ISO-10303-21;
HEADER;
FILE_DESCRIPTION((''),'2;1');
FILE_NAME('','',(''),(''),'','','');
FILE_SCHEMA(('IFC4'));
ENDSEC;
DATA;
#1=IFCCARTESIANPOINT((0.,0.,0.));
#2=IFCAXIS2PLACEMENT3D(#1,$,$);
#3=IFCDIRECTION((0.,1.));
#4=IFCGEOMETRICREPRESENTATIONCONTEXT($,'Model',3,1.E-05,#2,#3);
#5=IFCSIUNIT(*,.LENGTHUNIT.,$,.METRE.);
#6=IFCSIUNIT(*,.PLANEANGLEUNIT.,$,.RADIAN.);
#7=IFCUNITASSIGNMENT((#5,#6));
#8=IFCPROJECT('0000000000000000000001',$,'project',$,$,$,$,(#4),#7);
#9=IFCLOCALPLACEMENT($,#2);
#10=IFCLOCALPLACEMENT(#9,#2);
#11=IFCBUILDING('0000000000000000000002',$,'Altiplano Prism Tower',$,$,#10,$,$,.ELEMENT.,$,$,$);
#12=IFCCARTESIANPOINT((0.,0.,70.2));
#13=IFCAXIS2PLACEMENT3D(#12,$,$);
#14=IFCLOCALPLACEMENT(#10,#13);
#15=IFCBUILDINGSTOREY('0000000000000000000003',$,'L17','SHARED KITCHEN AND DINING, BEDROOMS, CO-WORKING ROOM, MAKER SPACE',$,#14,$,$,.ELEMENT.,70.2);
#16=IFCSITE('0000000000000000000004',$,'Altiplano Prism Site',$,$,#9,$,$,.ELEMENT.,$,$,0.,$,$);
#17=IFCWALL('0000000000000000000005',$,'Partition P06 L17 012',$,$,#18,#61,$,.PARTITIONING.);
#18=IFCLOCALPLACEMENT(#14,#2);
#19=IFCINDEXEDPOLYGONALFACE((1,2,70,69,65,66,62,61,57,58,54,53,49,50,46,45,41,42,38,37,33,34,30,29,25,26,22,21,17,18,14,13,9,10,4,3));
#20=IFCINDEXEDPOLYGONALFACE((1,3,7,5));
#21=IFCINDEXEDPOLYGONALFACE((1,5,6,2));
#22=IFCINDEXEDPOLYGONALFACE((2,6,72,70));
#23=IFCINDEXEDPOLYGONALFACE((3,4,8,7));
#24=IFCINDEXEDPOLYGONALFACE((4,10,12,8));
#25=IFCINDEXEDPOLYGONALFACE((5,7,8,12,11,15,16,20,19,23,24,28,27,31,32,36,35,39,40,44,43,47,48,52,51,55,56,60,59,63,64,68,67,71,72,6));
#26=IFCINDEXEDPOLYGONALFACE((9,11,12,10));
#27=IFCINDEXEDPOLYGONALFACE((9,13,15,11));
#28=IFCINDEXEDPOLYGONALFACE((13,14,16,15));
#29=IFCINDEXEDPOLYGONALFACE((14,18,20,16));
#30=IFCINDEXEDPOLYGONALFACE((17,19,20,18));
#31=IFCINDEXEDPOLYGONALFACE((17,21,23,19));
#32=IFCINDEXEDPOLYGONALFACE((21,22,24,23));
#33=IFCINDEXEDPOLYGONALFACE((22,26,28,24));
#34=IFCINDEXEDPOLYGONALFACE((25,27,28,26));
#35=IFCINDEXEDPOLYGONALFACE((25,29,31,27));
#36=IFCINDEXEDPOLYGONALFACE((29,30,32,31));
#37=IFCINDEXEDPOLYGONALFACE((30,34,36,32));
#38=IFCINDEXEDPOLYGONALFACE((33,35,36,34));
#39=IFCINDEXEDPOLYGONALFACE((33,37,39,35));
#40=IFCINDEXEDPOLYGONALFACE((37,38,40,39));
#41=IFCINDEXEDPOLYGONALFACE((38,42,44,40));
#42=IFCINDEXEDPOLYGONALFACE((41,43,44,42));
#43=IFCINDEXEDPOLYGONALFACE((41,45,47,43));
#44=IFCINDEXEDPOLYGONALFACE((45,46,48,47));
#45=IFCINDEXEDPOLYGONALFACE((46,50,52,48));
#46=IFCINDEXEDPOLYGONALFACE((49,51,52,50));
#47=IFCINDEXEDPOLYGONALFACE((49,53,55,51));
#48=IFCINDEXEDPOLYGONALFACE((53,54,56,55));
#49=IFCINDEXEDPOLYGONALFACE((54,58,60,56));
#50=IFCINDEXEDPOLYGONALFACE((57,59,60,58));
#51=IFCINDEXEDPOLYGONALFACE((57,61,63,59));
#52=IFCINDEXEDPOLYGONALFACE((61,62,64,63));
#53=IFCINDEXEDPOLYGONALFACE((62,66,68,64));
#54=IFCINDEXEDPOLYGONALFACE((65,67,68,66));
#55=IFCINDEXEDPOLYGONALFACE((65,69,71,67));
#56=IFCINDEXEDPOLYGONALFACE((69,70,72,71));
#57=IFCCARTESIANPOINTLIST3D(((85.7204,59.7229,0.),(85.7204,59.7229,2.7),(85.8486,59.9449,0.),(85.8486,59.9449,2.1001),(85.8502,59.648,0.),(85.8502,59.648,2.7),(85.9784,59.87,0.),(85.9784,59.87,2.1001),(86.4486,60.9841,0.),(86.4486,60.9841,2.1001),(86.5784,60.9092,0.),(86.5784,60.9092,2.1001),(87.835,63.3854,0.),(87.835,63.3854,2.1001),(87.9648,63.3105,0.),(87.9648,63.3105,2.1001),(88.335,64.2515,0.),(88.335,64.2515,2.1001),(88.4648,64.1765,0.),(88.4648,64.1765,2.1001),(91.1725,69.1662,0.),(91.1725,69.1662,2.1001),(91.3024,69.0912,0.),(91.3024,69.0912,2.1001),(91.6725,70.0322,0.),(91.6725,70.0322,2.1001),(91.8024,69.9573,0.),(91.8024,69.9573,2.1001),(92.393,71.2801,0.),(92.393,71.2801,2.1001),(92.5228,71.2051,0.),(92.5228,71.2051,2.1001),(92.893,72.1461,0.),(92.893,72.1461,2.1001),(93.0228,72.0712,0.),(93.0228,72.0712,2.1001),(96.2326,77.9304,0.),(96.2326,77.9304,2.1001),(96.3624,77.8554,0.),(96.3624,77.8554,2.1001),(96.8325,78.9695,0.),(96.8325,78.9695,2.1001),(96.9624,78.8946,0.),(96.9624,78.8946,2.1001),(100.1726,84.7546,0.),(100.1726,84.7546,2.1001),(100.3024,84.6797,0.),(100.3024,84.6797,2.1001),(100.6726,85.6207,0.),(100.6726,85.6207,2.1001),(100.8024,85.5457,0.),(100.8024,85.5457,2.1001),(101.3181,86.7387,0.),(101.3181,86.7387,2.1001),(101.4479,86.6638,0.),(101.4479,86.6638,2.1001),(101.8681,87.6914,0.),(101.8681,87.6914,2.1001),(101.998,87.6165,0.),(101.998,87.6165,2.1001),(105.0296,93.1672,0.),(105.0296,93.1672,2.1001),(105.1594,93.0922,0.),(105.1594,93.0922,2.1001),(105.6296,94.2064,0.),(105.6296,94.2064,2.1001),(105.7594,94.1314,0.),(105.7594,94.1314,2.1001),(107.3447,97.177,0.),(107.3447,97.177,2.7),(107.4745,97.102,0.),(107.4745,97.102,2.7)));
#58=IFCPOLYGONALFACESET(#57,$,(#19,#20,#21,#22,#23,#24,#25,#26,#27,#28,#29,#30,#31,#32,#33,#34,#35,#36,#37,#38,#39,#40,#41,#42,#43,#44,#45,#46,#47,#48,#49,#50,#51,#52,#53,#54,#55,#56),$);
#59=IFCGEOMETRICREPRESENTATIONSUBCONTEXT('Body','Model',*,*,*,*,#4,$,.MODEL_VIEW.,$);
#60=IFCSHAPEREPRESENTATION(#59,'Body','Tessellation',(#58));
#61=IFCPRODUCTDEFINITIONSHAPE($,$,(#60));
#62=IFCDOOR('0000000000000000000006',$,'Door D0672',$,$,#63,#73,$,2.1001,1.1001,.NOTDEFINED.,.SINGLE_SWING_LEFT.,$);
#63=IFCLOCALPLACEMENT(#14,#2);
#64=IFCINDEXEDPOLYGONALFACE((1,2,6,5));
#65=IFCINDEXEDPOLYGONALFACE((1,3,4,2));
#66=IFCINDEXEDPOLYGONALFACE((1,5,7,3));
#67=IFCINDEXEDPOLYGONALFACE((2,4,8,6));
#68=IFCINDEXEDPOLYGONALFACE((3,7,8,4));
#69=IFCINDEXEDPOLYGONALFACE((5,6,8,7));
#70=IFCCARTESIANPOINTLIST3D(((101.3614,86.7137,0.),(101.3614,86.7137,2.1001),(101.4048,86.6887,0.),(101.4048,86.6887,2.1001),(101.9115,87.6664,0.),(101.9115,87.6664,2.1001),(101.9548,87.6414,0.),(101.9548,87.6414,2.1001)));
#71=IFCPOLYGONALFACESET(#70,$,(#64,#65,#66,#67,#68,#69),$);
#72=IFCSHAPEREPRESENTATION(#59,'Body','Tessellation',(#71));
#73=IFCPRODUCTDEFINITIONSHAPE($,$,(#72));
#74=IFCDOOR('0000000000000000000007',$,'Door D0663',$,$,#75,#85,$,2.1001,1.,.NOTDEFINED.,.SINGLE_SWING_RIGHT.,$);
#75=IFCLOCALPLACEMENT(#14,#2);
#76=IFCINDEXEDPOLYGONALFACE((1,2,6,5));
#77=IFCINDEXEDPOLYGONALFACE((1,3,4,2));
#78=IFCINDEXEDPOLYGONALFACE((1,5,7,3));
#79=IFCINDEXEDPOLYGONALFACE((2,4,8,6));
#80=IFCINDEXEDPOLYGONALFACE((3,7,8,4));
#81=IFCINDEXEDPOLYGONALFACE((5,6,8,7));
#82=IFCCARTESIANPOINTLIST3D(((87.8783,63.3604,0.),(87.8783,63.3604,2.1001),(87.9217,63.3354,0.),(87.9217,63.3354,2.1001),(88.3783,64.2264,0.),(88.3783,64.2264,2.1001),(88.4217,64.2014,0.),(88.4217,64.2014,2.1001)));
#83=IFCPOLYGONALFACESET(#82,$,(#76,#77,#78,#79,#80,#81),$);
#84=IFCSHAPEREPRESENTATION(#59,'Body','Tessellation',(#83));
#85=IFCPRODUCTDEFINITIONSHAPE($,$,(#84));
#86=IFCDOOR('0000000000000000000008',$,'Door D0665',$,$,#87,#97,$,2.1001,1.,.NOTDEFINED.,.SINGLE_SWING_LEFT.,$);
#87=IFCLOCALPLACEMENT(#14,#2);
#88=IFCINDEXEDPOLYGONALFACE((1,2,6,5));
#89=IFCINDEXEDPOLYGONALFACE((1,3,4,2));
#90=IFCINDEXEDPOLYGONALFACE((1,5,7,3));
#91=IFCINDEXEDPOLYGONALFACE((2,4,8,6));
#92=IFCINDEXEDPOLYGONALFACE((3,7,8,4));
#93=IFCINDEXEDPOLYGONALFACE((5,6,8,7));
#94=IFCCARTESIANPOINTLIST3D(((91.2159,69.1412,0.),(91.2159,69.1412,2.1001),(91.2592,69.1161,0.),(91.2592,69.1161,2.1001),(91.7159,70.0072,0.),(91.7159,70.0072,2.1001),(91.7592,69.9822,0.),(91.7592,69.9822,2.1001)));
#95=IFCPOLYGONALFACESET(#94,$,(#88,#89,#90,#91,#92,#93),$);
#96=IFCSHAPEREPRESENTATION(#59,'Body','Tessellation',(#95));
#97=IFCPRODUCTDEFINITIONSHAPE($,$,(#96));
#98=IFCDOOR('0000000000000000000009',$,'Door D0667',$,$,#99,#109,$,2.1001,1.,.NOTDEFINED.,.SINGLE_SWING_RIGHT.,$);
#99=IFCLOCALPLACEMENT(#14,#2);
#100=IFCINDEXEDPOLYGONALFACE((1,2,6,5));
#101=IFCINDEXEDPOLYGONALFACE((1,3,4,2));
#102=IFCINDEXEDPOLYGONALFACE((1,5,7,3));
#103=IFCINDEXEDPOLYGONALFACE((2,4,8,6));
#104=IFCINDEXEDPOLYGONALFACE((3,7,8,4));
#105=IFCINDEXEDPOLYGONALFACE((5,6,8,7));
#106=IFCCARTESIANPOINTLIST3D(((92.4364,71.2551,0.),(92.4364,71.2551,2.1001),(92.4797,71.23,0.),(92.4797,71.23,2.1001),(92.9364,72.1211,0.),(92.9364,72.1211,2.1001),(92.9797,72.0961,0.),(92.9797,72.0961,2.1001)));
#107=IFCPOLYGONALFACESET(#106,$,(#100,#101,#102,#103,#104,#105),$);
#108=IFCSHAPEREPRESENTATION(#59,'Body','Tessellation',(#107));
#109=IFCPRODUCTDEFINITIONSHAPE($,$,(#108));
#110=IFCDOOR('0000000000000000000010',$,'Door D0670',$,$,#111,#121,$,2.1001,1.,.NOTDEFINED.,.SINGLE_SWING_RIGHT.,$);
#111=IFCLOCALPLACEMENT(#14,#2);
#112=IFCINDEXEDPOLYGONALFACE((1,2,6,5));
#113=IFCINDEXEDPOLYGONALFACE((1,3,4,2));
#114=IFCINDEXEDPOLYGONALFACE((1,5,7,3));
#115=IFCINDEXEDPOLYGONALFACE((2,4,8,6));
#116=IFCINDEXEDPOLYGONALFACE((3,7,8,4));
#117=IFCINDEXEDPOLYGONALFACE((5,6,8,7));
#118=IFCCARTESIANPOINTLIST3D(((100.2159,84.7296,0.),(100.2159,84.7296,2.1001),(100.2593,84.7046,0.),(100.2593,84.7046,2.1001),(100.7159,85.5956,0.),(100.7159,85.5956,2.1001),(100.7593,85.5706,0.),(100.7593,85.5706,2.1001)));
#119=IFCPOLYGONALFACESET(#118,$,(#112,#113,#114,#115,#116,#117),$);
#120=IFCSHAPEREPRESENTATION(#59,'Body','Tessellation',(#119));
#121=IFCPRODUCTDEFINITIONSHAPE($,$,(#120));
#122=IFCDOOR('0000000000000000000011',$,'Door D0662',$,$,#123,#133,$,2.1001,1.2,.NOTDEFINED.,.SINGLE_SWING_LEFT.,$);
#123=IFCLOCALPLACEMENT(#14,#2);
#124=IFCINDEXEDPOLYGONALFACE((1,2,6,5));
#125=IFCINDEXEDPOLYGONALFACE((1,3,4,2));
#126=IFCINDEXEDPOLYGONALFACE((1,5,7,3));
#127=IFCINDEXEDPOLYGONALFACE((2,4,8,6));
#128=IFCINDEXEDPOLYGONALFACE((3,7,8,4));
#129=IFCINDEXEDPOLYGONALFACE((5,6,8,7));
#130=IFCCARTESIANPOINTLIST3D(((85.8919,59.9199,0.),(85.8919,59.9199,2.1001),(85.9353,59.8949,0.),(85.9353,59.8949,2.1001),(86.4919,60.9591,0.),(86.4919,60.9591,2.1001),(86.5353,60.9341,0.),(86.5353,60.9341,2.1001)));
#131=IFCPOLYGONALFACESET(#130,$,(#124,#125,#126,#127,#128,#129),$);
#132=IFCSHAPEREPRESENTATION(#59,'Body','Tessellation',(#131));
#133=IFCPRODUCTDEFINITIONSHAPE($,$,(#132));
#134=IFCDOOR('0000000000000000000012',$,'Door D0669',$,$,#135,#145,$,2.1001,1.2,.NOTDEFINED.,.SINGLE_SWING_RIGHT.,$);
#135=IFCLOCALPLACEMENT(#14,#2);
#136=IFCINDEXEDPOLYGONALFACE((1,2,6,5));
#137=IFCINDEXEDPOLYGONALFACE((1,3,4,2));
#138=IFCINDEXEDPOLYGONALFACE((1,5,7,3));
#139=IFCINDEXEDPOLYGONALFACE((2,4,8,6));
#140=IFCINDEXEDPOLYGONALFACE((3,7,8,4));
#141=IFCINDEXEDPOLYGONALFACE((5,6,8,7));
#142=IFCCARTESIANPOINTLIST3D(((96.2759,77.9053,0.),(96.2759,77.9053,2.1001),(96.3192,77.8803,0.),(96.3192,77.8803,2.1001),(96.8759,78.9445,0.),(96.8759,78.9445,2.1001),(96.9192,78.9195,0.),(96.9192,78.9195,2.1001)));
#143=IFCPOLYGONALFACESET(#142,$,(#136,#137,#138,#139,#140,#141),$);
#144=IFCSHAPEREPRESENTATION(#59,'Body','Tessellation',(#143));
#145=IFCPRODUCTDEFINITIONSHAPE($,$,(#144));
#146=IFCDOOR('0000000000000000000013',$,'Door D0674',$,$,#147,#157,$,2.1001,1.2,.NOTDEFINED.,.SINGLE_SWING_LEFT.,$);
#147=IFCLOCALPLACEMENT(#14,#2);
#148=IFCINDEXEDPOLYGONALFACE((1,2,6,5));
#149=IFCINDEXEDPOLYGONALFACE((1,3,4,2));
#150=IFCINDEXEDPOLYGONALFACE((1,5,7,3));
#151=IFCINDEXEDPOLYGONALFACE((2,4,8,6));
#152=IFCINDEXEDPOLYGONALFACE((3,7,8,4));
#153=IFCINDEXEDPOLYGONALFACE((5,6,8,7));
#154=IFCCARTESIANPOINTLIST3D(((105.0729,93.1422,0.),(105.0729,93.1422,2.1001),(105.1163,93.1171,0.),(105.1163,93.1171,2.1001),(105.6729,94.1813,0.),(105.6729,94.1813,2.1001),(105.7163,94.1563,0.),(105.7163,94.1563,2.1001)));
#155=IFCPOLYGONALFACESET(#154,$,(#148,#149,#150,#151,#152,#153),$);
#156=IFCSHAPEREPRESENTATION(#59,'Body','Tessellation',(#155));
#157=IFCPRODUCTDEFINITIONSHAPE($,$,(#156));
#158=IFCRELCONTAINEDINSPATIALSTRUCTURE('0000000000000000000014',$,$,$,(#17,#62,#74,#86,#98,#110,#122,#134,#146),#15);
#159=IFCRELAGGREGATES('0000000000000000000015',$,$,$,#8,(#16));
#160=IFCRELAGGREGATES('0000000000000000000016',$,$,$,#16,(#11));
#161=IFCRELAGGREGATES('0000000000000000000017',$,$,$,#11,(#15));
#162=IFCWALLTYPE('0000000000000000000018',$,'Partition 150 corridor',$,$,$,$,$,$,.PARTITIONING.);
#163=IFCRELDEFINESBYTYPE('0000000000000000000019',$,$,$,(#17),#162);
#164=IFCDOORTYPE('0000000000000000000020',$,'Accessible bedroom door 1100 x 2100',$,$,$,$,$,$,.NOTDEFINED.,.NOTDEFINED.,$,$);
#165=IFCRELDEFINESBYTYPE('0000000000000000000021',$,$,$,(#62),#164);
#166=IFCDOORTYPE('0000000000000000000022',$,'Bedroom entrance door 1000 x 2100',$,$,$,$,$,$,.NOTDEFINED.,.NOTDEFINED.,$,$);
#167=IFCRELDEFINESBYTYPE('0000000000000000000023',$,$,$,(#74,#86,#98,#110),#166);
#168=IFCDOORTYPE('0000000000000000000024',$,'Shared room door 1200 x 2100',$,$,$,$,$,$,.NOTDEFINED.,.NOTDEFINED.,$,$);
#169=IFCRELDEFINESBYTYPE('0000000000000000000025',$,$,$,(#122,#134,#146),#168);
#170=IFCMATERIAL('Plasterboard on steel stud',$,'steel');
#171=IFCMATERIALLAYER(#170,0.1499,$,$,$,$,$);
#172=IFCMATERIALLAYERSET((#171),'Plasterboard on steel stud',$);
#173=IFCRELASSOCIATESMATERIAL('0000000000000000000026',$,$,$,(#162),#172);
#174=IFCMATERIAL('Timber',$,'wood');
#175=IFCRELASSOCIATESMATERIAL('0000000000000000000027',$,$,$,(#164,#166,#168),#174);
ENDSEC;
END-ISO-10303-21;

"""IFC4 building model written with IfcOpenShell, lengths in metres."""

from ifc_helpers import new_model, si_unit, direction, frame, frame_2d, origin, place, context, subcontext, project, spatial, rectangle, extrude, material, layer, layer_set, type_object, element, fill, save


model = new_model("IFC4")

# Units and contexts
model_context = context("Model", 3, precision=1e-05, world=origin(), true_north=direction((0.0, 1.0)))
body_context = subcontext(model_context, "Body", "Model", "MODEL_VIEW")
ifc_project = project(units=[si_unit("LENGTHUNIT", "METRE"), si_unit("PLANEANGLEUNIT", "RADIAN")], contexts=[model_context])

# Site, building, storey
site_placement = place(None, origin())
site = spatial("IfcSite", under=ifc_project, at=site_placement, Name="Altiplano Prism Site", CompositionType="ELEMENT", RefElevation=0.0)
building_placement = place(site_placement, origin())
building = spatial("IfcBuilding", under=site, at=building_placement, Name="Altiplano Prism Tower", CompositionType="ELEMENT")
storey_placement = place(building_placement, frame((0.0, 0.0, 70.2)))
storey = spatial("IfcBuildingStorey", under=building, at=storey_placement, Name="L17", Description="SHARED KITCHEN AND DINING, BEDROOMS, CO-WORKING ROOM, MAKER SPACE", CompositionType="ELEMENT", Elevation=70.2)

# Shared definitions
ifc_material_1 = material(Name="Plasterboard on steel stud", Category="steel")
ifc_layer_1 = layer(ifc_material_1, 0.1499)
ifc_layer_set_1 = layer_set([ifc_layer_1], Name="Plasterboard on steel stud")
wall_type_1 = type_object("IfcWallType", Name="Partition 150 corridor", PredefinedType="PARTITIONING", material=ifc_layer_set_1)

# Wall, openings, doors
wall_1_placement = place(storey_placement, frame((85.7854, 59.6855, 0.0), z_axis=(0.0, 0.0, 1.0), x_axis=(0.500002, 0.866024, 0.0)))
wall_1 = element("IfcWall", 1, at=wall_1_placement, inside=storey, type_object=wall_type_1, Name="Partition P06 L17 012", PredefinedType="PARTITIONING", context=body_context, shape_type="SweptSolid", body=[
    extrude(rectangle(XDim=43.2483, YDim=0.1499, at=frame_2d((21.624, 0.0))), origin(), (0.0, 0.0, 1.0), 2.7),
])
opening_1_placement = place(wall_1_placement, frame((0.2561, 0.0, 0.0)))
opening_1 = element("IfcOpeningElement", 2, at=opening_1_placement, cuts=wall_1, PredefinedType="OPENING", context=body_context, shape_type="SweptSolid", body=[
    extrude(rectangle(XDim=1.2, YDim=2.1001, at=frame_2d((0.6001, 1.05))), frame((0.0, 0.0854, 0.0), z_axis=(0.0, -1.0, 0.0), x_axis=(1.0, 0.0, 0.0)), (0.0, 0.0, 1.0), 0.1709),
])
opening_2_placement = place(wall_1_placement, frame((4.229, 0.0, 0.0)))
opening_2 = element("IfcOpeningElement", 3, at=opening_2_placement, cuts=wall_1, PredefinedType="OPENING", context=body_context, shape_type="SweptSolid", body=[
    extrude(rectangle(XDim=1.0, YDim=2.1001, at=frame_2d((0.5, 1.05))), frame((0.0, 0.0854, 0.0), z_axis=(0.0, -1.0, 0.0), x_axis=(1.0, 0.0, 0.0)), (0.0, 0.0, 1.0), 0.1709),
])
opening_3_placement = place(wall_1_placement, frame((10.9041, 0.0, 0.0)))
opening_3 = element("IfcOpeningElement", 4, at=opening_3_placement, cuts=wall_1, PredefinedType="OPENING", context=body_context, shape_type="SweptSolid", body=[
    extrude(rectangle(XDim=1.0, YDim=2.1001, at=frame_2d((0.5, 1.05))), frame((0.0, 0.0854, 0.0), z_axis=(0.0, -1.0, 0.0), x_axis=(1.0, 0.0, 0.0)), (0.0, 0.0, 1.0), 0.1709),
])
opening_4_placement = place(wall_1_placement, frame((13.345, 0.0, 0.0)))
opening_4 = element("IfcOpeningElement", 5, at=opening_4_placement, cuts=wall_1, PredefinedType="OPENING", context=body_context, shape_type="SweptSolid", body=[
    extrude(rectangle(XDim=1.0, YDim=2.1001, at=frame_2d((0.5, 1.05))), frame((0.0, 0.0854, 0.0), z_axis=(0.0, -1.0, 0.0), x_axis=(1.0, 0.0, 0.0)), (0.0, 0.0, 1.0), 0.1709),
])
opening_5_placement = place(wall_1_placement, frame((21.0239, 0.0, 0.0)))
opening_5 = element("IfcOpeningElement", 6, at=opening_5_placement, cuts=wall_1, PredefinedType="OPENING", context=body_context, shape_type="SweptSolid", body=[
    extrude(rectangle(XDim=1.2, YDim=2.1001, at=frame_2d((0.6001, 1.05))), frame((0.0, 0.0854, 0.0), z_axis=(0.0, -1.0, 0.0), x_axis=(1.0, 0.0, 0.0)), (0.0, 0.0, 1.0), 0.1709),
])
opening_6_placement = place(wall_1_placement, frame((28.9041, 0.0, 0.0)))
opening_6 = element("IfcOpeningElement", 7, at=opening_6_placement, cuts=wall_1, PredefinedType="OPENING", context=body_context, shape_type="SweptSolid", body=[
    extrude(rectangle(XDim=1.0, YDim=2.1001, at=frame_2d((0.5, 1.05))), frame((0.0, 0.0854, 0.0), z_axis=(0.0, -1.0, 0.0), x_axis=(1.0, 0.0, 0.0)), (0.0, 0.0, 1.0), 0.1709),
])
opening_7_placement = place(wall_1_placement, frame((31.1951, 0.0, 0.0)))
opening_7 = element("IfcOpeningElement", 8, at=opening_7_placement, cuts=wall_1, PredefinedType="OPENING", context=body_context, shape_type="SweptSolid", body=[
    extrude(rectangle(XDim=1.1001, YDim=2.1001, at=frame_2d((0.55, 1.05))), frame((0.0, 0.0854, 0.0), z_axis=(0.0, -1.0, 0.0), x_axis=(1.0, 0.0, 0.0)), (0.0, 0.0, 1.0), 0.1709),
])
opening_8_placement = place(wall_1_placement, frame((38.6179, 0.0, 0.0)))
opening_8 = element("IfcOpeningElement", 9, at=opening_8_placement, cuts=wall_1, PredefinedType="OPENING", context=body_context, shape_type="SweptSolid", body=[
    extrude(rectangle(XDim=1.2, YDim=2.1001, at=frame_2d((0.6001, 1.05))), frame((0.0, 0.0854, 0.0), z_axis=(0.0, -1.0, 0.0), x_axis=(1.0, 0.0, 0.0)), (0.0, 0.0, 1.0), 0.1709),
])
ifc_material_2 = material(Name="Timber", Category="wood")
door_type_1 = type_object("IfcDoorType", Name="Accessible bedroom door 1100 x 2100", OperationType="NOTDEFINED", PredefinedType="NOTDEFINED", material=ifc_material_2)
door_1_placement = place(opening_7_placement, origin())
door_1 = element("IfcDoor", 10, at=door_1_placement, inside=storey, type_object=door_type_1, Name="Door D0672", OperationType="SINGLE_SWING_LEFT", OverallHeight=2.1001, OverallWidth=1.1001, PredefinedType="NOTDEFINED", context=body_context, shape_type="SweptSolid", body=[
    extrude(rectangle(XDim=1.1001, YDim=2.1001, at=frame_2d((0.55, 1.05))), frame((0.0, 0.0249, 0.0), z_axis=(0.0, -1.0, 0.0), x_axis=(1.0, 0.0, 0.0)), (0.0, 0.0, 1.0), 0.05),
])
fill(opening_7, door_1)
door_type_2 = type_object("IfcDoorType", Name="Bedroom entrance door 1000 x 2100", OperationType="NOTDEFINED", PredefinedType="NOTDEFINED", material=ifc_material_2)
door_2_placement = place(opening_2_placement, origin())
door_2 = element("IfcDoor", 11, at=door_2_placement, inside=storey, type_object=door_type_2, Name="Door D0663", OperationType="SINGLE_SWING_RIGHT", OverallHeight=2.1001, OverallWidth=1.0, PredefinedType="NOTDEFINED", context=body_context, shape_type="SweptSolid", body=[
    extrude(rectangle(XDim=1.0, YDim=2.1001, at=frame_2d((0.5, 1.05))), frame((0.0, 0.0249, 0.0), z_axis=(0.0, -1.0, 0.0), x_axis=(1.0, 0.0, 0.0)), (0.0, 0.0, 1.0), 0.05),
])
fill(opening_2, door_2)
door_3_placement = place(opening_3_placement, origin())
door_3 = element("IfcDoor", 12, at=door_3_placement, inside=storey, type_object=door_type_2, Name="Door D0665", OperationType="SINGLE_SWING_LEFT", OverallHeight=2.1001, OverallWidth=1.0, PredefinedType="NOTDEFINED", context=body_context, shape_type="SweptSolid", body=[
    extrude(rectangle(XDim=1.0, YDim=2.1001, at=frame_2d((0.5, 1.05))), frame((0.0, 0.0249, 0.0), z_axis=(0.0, -1.0, 0.0), x_axis=(1.0, 0.0, 0.0)), (0.0, 0.0, 1.0), 0.05),
])
fill(opening_3, door_3)
door_4_placement = place(opening_4_placement, origin())
door_4 = element("IfcDoor", 13, at=door_4_placement, inside=storey, type_object=door_type_2, Name="Door D0667", OperationType="SINGLE_SWING_RIGHT", OverallHeight=2.1001, OverallWidth=1.0, PredefinedType="NOTDEFINED", context=body_context, shape_type="SweptSolid", body=[
    extrude(rectangle(XDim=1.0, YDim=2.1001, at=frame_2d((0.5, 1.05))), frame((0.0, 0.0249, 0.0), z_axis=(0.0, -1.0, 0.0), x_axis=(1.0, 0.0, 0.0)), (0.0, 0.0, 1.0), 0.05),
])
fill(opening_4, door_4)
door_5_placement = place(opening_6_placement, origin())
door_5 = element("IfcDoor", 14, at=door_5_placement, inside=storey, type_object=door_type_2, Name="Door D0670", OperationType="SINGLE_SWING_RIGHT", OverallHeight=2.1001, OverallWidth=1.0, PredefinedType="NOTDEFINED", context=body_context, shape_type="SweptSolid", body=[
    extrude(rectangle(XDim=1.0, YDim=2.1001, at=frame_2d((0.5, 1.05))), frame((0.0, 0.0249, 0.0), z_axis=(0.0, -1.0, 0.0), x_axis=(1.0, 0.0, 0.0)), (0.0, 0.0, 1.0), 0.05),
])
fill(opening_6, door_5)
door_type_3 = type_object("IfcDoorType", Name="Shared room door 1200 x 2100", OperationType="NOTDEFINED", PredefinedType="NOTDEFINED", material=ifc_material_2)
door_6_placement = place(opening_1_placement, origin())
door_6 = element("IfcDoor", 15, at=door_6_placement, inside=storey, type_object=door_type_3, Name="Door D0662", OperationType="SINGLE_SWING_LEFT", OverallHeight=2.1001, OverallWidth=1.2, PredefinedType="NOTDEFINED", context=body_context, shape_type="SweptSolid", body=[
    extrude(rectangle(XDim=1.2, YDim=2.1001, at=frame_2d((0.6001, 1.05))), frame((0.0, 0.0249, 0.0), z_axis=(0.0, -1.0, 0.0), x_axis=(1.0, 0.0, 0.0)), (0.0, 0.0, 1.0), 0.05),
])
fill(opening_1, door_6)
door_7_placement = place(opening_5_placement, origin())
door_7 = element("IfcDoor", 16, at=door_7_placement, inside=storey, type_object=door_type_3, Name="Door D0669", OperationType="SINGLE_SWING_RIGHT", OverallHeight=2.1001, OverallWidth=1.2, PredefinedType="NOTDEFINED", context=body_context, shape_type="SweptSolid", body=[
    extrude(rectangle(XDim=1.2, YDim=2.1001, at=frame_2d((0.6001, 1.05))), frame((0.0, 0.0249, 0.0), z_axis=(0.0, -1.0, 0.0), x_axis=(1.0, 0.0, 0.0)), (0.0, 0.0, 1.0), 0.05),
])
fill(opening_5, door_7)
door_8_placement = place(opening_8_placement, origin())
door_8 = element("IfcDoor", 17, at=door_8_placement, inside=storey, type_object=door_type_3, Name="Door D0674", OperationType="SINGLE_SWING_LEFT", OverallHeight=2.1001, OverallWidth=1.2, PredefinedType="NOTDEFINED", context=body_context, shape_type="SweptSolid", body=[
    extrude(rectangle(XDim=1.2, YDim=2.1001, at=frame_2d((0.6001, 1.05))), frame((0.0, 0.0249, 0.0), z_axis=(0.0, -1.0, 0.0), x_axis=(1.0, 0.0, 0.0)), (0.0, 0.0, 1.0), 0.05),
])
fill(opening_8, door_8)

save(model, "model.ifc")
